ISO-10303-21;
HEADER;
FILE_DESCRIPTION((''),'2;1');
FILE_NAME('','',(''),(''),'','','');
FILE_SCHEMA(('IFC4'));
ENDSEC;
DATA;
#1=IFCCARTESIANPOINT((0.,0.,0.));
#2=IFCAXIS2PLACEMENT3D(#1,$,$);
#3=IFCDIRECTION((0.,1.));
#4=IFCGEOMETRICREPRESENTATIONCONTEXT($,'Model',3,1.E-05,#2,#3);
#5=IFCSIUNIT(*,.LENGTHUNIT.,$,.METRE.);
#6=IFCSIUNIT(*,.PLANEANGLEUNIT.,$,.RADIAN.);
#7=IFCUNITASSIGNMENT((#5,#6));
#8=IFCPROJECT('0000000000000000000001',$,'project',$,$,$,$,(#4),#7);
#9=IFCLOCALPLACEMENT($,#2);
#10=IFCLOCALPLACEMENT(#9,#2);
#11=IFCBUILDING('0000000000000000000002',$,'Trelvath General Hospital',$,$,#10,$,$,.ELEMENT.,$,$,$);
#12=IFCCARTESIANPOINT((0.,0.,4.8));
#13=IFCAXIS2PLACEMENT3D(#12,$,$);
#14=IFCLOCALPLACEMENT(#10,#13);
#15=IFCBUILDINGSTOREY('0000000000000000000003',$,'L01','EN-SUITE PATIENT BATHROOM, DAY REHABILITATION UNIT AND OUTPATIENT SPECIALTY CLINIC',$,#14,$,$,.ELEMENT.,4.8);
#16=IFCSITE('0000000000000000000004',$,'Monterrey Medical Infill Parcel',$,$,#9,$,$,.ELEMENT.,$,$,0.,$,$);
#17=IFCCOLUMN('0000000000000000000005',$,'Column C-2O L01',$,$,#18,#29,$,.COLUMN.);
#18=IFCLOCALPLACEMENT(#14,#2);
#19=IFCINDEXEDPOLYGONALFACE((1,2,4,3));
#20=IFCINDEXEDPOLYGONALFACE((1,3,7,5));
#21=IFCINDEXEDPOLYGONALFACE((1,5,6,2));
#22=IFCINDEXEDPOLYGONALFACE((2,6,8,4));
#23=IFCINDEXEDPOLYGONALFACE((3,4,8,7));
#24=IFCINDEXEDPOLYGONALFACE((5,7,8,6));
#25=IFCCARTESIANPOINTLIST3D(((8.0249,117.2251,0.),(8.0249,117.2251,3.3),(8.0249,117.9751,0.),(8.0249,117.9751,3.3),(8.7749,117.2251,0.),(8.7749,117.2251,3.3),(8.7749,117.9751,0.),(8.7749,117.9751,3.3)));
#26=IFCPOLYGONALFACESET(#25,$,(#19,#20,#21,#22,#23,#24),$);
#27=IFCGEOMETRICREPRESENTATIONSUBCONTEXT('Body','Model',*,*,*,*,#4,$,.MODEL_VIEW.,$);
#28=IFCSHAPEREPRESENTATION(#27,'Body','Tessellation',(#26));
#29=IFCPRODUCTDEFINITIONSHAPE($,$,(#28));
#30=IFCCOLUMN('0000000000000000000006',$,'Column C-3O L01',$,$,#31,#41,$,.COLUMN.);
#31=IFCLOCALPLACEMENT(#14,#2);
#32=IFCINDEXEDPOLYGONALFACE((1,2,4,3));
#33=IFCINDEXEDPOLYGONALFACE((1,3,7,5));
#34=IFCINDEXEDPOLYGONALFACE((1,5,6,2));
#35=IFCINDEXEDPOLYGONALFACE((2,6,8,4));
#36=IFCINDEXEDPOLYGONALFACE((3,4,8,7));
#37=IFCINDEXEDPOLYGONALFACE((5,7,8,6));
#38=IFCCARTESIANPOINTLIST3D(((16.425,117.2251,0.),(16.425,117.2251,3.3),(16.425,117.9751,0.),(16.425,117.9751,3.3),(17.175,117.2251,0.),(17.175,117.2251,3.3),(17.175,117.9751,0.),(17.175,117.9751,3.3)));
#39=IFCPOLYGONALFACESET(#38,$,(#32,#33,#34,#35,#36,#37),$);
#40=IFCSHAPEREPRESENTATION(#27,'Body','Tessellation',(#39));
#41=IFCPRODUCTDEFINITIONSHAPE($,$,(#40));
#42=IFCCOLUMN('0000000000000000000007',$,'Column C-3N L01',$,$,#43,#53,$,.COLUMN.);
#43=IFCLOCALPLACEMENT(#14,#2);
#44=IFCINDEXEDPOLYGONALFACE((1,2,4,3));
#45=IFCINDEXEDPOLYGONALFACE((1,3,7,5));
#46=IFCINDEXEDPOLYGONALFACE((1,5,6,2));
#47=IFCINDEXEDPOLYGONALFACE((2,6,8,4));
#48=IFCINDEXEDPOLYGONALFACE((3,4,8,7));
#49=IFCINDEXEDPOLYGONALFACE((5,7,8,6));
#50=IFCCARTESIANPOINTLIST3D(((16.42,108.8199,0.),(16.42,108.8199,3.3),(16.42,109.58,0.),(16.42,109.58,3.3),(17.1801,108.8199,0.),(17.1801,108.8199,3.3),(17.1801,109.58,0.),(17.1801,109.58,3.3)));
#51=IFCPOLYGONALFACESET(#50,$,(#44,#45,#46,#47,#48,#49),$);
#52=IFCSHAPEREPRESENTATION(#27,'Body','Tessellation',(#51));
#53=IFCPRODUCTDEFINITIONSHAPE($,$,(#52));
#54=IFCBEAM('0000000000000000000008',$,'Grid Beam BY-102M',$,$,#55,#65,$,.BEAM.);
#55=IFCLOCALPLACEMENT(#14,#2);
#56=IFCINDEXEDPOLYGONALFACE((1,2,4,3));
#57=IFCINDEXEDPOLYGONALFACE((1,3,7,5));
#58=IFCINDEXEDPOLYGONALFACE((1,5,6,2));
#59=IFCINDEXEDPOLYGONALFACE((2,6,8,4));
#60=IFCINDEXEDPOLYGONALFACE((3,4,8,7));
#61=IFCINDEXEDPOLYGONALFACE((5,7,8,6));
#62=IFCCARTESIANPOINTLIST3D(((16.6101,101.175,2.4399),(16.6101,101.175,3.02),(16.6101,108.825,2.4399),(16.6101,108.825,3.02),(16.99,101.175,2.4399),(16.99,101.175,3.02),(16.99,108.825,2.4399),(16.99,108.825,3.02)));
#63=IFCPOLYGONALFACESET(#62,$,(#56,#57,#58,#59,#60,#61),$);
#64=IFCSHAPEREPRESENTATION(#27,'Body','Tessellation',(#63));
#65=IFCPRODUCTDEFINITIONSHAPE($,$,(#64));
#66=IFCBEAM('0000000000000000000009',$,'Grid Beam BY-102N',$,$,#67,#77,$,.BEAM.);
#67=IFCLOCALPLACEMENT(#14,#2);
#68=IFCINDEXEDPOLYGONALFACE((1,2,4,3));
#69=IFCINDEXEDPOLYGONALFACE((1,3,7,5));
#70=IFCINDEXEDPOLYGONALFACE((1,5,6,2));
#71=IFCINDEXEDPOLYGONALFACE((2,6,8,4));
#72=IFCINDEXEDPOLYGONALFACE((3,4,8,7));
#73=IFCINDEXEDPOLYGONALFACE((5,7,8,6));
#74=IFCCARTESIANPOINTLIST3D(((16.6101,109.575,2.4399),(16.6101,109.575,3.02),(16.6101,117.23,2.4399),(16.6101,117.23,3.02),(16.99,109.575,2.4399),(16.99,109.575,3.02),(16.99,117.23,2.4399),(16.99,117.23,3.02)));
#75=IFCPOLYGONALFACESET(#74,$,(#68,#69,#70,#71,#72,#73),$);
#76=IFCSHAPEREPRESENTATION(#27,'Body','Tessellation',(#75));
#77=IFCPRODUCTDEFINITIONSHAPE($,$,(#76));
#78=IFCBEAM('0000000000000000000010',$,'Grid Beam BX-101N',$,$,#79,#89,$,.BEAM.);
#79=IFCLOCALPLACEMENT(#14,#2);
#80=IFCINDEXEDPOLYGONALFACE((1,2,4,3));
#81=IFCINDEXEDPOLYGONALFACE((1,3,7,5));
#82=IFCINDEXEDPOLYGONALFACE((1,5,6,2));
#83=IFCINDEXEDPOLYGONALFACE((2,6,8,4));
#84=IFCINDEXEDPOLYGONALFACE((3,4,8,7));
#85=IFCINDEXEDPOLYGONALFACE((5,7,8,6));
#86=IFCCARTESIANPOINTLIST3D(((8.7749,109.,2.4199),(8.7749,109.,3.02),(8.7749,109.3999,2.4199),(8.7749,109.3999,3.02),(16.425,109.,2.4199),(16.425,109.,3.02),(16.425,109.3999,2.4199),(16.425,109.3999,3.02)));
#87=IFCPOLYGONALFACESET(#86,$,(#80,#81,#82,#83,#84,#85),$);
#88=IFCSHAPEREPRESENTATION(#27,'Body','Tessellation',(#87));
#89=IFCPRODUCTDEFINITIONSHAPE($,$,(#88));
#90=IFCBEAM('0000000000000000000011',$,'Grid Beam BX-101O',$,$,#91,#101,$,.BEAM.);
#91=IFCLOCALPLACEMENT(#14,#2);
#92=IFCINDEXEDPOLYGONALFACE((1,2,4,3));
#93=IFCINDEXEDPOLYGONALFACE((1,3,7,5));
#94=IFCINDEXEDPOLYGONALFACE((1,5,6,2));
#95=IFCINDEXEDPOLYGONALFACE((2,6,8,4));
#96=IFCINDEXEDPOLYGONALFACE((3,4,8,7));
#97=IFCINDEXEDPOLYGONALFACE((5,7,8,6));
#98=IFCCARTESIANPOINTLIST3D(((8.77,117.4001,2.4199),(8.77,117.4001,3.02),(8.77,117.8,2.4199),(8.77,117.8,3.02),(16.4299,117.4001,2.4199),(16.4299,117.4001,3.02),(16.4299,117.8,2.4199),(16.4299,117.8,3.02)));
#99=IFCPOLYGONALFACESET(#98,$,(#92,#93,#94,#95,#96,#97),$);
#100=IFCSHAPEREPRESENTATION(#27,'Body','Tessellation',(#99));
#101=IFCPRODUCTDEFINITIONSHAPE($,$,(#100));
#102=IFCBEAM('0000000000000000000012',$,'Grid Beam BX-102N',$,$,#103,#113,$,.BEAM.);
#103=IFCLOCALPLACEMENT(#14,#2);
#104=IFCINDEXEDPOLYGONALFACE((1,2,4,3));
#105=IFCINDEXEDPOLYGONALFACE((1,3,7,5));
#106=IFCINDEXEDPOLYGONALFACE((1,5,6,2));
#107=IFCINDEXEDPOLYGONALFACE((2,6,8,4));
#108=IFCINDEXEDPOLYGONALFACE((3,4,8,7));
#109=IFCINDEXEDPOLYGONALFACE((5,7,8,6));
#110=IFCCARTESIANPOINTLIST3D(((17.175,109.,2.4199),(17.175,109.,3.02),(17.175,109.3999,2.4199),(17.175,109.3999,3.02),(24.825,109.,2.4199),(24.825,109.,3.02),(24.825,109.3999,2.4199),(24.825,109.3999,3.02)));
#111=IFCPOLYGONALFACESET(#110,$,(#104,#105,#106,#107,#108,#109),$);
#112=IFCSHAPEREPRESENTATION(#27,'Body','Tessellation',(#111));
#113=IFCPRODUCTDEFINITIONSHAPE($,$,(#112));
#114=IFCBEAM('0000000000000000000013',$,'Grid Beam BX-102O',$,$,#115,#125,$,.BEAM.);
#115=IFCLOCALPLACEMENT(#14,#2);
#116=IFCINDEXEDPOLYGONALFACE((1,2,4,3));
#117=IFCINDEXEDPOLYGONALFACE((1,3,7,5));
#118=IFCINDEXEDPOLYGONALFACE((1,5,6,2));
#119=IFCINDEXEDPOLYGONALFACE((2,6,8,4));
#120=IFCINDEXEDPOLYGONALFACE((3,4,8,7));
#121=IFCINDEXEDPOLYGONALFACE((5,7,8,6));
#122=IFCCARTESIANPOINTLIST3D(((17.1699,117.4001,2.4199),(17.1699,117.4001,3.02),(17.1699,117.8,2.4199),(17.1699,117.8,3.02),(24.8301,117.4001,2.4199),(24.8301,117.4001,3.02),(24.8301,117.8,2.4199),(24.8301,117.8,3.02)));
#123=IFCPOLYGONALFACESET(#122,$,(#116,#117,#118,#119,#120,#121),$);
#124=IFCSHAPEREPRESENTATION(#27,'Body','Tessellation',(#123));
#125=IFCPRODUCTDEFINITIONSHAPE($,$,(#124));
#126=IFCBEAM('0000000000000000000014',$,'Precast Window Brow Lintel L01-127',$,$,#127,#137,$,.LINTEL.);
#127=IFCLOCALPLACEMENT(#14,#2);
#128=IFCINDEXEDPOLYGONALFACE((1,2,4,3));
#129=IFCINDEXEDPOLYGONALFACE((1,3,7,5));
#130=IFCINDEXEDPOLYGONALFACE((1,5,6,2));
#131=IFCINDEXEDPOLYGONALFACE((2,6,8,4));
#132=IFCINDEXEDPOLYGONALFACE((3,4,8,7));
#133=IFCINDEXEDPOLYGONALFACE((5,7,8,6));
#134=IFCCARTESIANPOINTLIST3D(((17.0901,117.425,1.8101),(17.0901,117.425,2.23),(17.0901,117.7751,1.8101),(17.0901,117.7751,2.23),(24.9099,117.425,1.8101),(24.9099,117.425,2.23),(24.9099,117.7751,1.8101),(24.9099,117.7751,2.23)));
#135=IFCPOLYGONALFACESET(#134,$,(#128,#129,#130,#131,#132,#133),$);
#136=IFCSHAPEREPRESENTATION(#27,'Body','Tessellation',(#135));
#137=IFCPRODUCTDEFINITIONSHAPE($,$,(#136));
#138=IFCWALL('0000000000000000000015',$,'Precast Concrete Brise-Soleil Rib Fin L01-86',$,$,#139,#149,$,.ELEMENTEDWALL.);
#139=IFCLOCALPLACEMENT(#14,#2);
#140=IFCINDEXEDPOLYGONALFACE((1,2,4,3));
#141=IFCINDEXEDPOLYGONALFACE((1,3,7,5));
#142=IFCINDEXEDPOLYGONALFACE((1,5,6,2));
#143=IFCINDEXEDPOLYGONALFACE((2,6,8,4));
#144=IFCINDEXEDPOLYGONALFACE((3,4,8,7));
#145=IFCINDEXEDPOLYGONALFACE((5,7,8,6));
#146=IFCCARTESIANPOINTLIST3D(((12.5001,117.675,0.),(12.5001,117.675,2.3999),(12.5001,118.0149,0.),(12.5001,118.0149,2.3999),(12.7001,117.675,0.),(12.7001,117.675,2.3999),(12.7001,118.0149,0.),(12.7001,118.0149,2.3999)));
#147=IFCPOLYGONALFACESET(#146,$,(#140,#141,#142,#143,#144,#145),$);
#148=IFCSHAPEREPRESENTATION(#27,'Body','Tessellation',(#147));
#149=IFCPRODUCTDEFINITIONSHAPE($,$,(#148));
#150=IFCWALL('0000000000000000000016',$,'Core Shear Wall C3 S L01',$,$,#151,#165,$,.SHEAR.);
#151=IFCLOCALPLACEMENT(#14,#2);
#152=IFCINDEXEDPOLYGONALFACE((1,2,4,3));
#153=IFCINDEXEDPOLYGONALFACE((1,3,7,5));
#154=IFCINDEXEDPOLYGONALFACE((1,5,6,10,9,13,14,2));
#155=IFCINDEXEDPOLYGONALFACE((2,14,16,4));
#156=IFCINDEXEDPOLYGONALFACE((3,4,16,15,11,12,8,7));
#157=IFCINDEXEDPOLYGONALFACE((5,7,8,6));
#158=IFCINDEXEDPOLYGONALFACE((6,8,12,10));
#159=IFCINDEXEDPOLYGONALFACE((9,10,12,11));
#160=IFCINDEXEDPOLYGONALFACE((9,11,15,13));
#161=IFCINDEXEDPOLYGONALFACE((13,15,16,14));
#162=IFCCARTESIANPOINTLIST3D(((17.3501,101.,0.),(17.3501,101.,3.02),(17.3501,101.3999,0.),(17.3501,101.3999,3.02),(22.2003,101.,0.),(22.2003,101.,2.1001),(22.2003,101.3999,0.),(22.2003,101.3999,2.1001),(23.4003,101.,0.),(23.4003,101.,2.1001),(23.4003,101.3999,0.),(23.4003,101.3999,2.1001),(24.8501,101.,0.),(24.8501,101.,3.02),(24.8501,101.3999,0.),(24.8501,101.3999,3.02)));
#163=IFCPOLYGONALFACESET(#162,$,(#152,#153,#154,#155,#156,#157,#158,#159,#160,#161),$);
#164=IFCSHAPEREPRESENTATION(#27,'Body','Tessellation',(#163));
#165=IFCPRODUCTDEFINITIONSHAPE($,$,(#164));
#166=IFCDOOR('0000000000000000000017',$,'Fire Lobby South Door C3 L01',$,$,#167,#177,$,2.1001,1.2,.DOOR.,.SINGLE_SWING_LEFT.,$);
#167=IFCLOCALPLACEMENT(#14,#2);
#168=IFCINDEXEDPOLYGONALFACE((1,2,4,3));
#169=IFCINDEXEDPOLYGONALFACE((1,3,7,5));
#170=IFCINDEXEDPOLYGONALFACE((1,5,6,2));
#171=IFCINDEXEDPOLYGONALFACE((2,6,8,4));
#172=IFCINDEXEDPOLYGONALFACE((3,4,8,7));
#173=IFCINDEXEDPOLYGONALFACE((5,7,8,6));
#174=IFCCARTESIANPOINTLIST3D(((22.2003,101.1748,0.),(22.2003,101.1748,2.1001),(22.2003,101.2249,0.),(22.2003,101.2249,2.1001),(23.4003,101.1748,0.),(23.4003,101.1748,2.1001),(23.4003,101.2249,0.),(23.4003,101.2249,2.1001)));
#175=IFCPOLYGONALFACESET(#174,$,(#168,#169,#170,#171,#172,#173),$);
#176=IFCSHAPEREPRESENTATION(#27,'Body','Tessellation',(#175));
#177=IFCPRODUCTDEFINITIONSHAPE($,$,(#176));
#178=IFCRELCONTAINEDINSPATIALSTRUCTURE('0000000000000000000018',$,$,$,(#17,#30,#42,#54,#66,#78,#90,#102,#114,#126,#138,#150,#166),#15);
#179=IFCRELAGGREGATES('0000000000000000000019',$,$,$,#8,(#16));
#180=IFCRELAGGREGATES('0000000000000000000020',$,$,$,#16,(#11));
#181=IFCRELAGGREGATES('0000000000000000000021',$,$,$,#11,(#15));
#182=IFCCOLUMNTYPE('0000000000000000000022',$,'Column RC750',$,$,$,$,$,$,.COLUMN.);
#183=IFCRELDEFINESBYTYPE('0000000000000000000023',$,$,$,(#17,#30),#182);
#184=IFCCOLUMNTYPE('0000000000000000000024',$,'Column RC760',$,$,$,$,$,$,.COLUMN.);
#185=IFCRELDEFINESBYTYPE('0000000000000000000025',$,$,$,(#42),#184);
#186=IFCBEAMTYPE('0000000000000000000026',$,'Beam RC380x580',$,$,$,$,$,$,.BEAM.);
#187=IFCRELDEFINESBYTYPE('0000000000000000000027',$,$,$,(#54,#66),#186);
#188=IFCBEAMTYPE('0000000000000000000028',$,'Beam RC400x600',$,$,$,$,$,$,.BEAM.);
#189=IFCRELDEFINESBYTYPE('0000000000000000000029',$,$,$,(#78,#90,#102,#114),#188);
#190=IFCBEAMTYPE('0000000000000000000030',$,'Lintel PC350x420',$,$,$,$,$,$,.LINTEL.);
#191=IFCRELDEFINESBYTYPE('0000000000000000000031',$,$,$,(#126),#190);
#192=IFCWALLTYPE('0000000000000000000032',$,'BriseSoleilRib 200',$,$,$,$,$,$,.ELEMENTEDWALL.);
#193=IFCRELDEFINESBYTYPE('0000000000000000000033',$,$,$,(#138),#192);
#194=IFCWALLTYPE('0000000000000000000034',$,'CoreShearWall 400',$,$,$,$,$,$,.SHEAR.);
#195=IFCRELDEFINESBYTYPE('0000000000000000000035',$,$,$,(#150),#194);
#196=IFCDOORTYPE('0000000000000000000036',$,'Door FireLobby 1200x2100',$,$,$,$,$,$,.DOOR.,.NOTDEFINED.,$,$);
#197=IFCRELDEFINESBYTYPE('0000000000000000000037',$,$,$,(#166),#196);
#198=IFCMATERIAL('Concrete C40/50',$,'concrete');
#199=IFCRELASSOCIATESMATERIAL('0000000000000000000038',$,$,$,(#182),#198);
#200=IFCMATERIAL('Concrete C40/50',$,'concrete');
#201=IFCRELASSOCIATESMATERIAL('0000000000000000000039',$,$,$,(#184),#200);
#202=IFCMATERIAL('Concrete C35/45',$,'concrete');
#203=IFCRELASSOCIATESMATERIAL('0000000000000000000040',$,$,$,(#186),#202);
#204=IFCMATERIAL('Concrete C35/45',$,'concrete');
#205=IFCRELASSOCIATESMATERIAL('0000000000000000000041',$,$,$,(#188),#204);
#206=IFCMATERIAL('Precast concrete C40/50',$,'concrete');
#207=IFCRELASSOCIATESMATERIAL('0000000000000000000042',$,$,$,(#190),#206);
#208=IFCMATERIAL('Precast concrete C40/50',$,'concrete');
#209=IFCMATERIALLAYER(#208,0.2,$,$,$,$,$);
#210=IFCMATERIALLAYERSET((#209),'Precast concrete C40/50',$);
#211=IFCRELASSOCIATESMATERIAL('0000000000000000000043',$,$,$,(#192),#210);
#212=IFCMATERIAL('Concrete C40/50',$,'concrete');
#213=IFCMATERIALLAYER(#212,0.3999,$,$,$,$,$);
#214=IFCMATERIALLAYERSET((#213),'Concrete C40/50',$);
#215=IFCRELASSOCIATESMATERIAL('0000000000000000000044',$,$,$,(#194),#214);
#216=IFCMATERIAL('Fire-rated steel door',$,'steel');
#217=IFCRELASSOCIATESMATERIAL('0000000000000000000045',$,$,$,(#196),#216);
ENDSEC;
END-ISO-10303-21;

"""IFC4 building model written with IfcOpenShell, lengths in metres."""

from ifc_helpers import new_model, si_unit, direction, frame, frame_2d, origin, origin_2d, place, context, subcontext, project, spatial, rectangle, extrude, material, layer, layer_set, material_profile, profile_set, type_object, element, fill, save


model = new_model("IFC4")

# Units and contexts
model_context = context("Model", 3, precision=1e-05, world=origin(), true_north=direction((0.0, 1.0)))
body_context = subcontext(model_context, "Body", "Model", "MODEL_VIEW")
ifc_project = project(units=[si_unit("LENGTHUNIT", "METRE"), si_unit("PLANEANGLEUNIT", "RADIAN")], contexts=[model_context])

# Site, building, storey
site_placement = place(None, origin())
site = spatial("IfcSite", under=ifc_project, at=site_placement, Name="Monterrey Medical Infill Parcel", CompositionType="ELEMENT", RefElevation=0.0)
building_placement = place(site_placement, origin())
building = spatial("IfcBuilding", under=site, at=building_placement, Name="Trelvath General Hospital", CompositionType="ELEMENT")
storey_placement = place(building_placement, frame((0.0, 0.0, 4.8)))
storey = spatial("IfcBuildingStorey", under=building, at=storey_placement, Name="L01", Description="EN-SUITE PATIENT BATHROOM, DAY REHABILITATION UNIT AND OUTPATIENT SPECIALTY CLINIC", CompositionType="ELEMENT", Elevation=4.8)

# Columns
ifc_material_1 = material(Name="Concrete C40/50", Category="concrete")
ifc_material_profile_1 = material_profile(ifc_material_1, rectangle(XDim=0.75, YDim=0.75, at=origin_2d()), Name="RC750x750")
ifc_profile_set_1 = profile_set([ifc_material_profile_1], Name="Concrete C40/50")
column_type_1 = type_object("IfcColumnType", Name="Column RC750", PredefinedType="COLUMN", material=ifc_profile_set_1)
for number, where, z_axis, x_axis, name in (
    (1, (8.3999, 117.6001, 0.0), (0.0, 0.0, 1.0), (1.0, 0.0, 0.0), "Column C-2O L01"),
    (2, (16.8, 117.6001, 0.0), (0.0, 0.0, 1.0), (1.0, 0.0, 0.0), "Column C-3O L01"),
):
    element("IfcColumn", number, at=place(storey_placement, frame(where, z_axis=z_axis, x_axis=x_axis)), inside=storey, type_object=column_type_1, Name=name, PredefinedType="COLUMN", context=body_context, shape_type="SweptSolid", body=[
        extrude(rectangle(XDim=0.75, YDim=0.75, at=origin_2d()), origin(), (0.0, 0.0, 1.0), 3.3),
    ])
ifc_material_2 = material(Name="Concrete C40/50", Category="concrete")
ifc_material_profile_2 = material_profile(ifc_material_2, rectangle(XDim=0.76, YDim=0.76, at=origin_2d()), Name="RC760x760")
ifc_profile_set_2 = profile_set([ifc_material_profile_2], Name="Concrete C40/50")
column_type_2 = type_object("IfcColumnType", Name="Column RC760", PredefinedType="COLUMN", material=ifc_profile_set_2)
column_placement = place(storey_placement, frame((16.8, 109.2, 0.0), z_axis=(0.0, 0.0, 1.0), x_axis=(1.0, 0.0, 0.0)))
element("IfcColumn", 3, at=column_placement, inside=storey, type_object=column_type_2, Name="Column C-3N L01", PredefinedType="COLUMN", context=body_context, shape_type="SweptSolid", body=[
    extrude(rectangle(XDim=0.76, YDim=0.76, at=origin_2d()), origin(), (0.0, 0.0, 1.0), 3.3),
])

# Beams
ifc_material_3 = material(Name="Concrete C35/45", Category="concrete")
ifc_material_profile_3 = material_profile(ifc_material_3, rectangle(XDim=0.3799, YDim=0.5801, at=origin_2d()), Name="RCB380x580")
ifc_profile_set_3 = profile_set([ifc_material_profile_3], Name="Concrete C35/45")
beam_type_1 = type_object("IfcBeamType", Name="Beam RC380x580", PredefinedType="BEAM", material=ifc_profile_set_3)
beam_1_placement = place(storey_placement, frame((16.8, 101.175, 2.73), z_axis=(0.0, 1.0, 0.0), x_axis=(-1.0, 0.0, 0.0)))
element("IfcBeam", 4, at=beam_1_placement, inside=storey, type_object=beam_type_1, Name="Grid Beam BY-102M", PredefinedType="BEAM", context=body_context, shape_type="SweptSolid", body=[
    extrude(rectangle(XDim=0.3799, YDim=0.5801, at=origin_2d()), origin(), (0.0, 0.0, 1.0), 7.6499),
])
beam_2_placement = place(storey_placement, frame((16.8, 109.575, 2.73), z_axis=(0.0, 1.0, 0.0), x_axis=(-1.0, 0.0, 0.0)))
element("IfcBeam", 5, at=beam_2_placement, inside=storey, type_object=beam_type_1, Name="Grid Beam BY-102N", PredefinedType="BEAM", context=body_context, shape_type="SweptSolid", body=[
    extrude(rectangle(XDim=0.3799, YDim=0.5801, at=origin_2d()), origin(), (0.0, 0.0, 1.0), 7.655),
])
ifc_material_4 = material(Name="Concrete C35/45", Category="concrete")
ifc_material_profile_4 = material_profile(ifc_material_4, rectangle(XDim=0.3999, YDim=0.6001, at=origin_2d()), Name="RCB400x600")
ifc_profile_set_4 = profile_set([ifc_material_profile_4], Name="Concrete C35/45")
beam_type_2 = type_object("IfcBeamType", Name="Beam RC400x600", PredefinedType="BEAM", material=ifc_profile_set_4)
beam_3_placement = place(storey_placement, frame((8.7749, 109.2, 2.72), z_axis=(1.0, 0.0, 0.0), x_axis=(0.0, 1.0, 0.0)))
element("IfcBeam", 6, at=beam_3_placement, inside=storey, type_object=beam_type_2, Name="Grid Beam BX-101N", PredefinedType="BEAM", context=body_context, shape_type="SweptSolid", body=[
    extrude(rectangle(XDim=0.3999, YDim=0.6001, at=origin_2d()), origin(), (0.0, 0.0, 1.0), 7.6501),
])
beam_4_placement = place(storey_placement, frame((8.77, 117.6001, 2.72), z_axis=(1.0, 0.0, 0.0), x_axis=(0.0, 1.0, 0.0)))
element("IfcBeam", 7, at=beam_4_placement, inside=storey, type_object=beam_type_2, Name="Grid Beam BX-101O", PredefinedType="BEAM", context=body_context, shape_type="SweptSolid", body=[
    extrude(rectangle(XDim=0.3999, YDim=0.6001, at=origin_2d()), origin(), (0.0, 0.0, 1.0), 7.6599),
])
beam_5_placement = place(storey_placement, frame((17.175, 109.2, 2.72), z_axis=(1.0, 0.0, 0.0), x_axis=(0.0, 1.0, 0.0)))
element("IfcBeam", 8, at=beam_5_placement, inside=storey, type_object=beam_type_2, Name="Grid Beam BX-102N", PredefinedType="BEAM", context=body_context, shape_type="SweptSolid", body=[
    extrude(rectangle(XDim=0.3999, YDim=0.6001, at=origin_2d()), origin(), (0.0, 0.0, 1.0), 7.6499),
])
beam_6_placement = place(storey_placement, frame((17.1699, 117.6001, 2.72), z_axis=(1.0, 0.0, 0.0), x_axis=(0.0, 1.0, 0.0)))
element("IfcBeam", 9, at=beam_6_placement, inside=storey, type_object=beam_type_2, Name="Grid Beam BX-102O", PredefinedType="BEAM", context=body_context, shape_type="SweptSolid", body=[
    extrude(rectangle(XDim=0.3999, YDim=0.6001, at=origin_2d()), origin(), (0.0, 0.0, 1.0), 7.6602),
])
ifc_material_5 = material(Name="Precast concrete C40/50", Category="concrete")
ifc_material_profile_5 = material_profile(ifc_material_5, rectangle(XDim=0.3501, YDim=0.4199, at=origin_2d()), Name="PCL350x420")
ifc_profile_set_5 = profile_set([ifc_material_profile_5], Name="Precast concrete C40/50")
beam_type_3 = type_object("IfcBeamType", Name="Lintel PC350x420", PredefinedType="LINTEL", material=ifc_profile_set_5)
beam_7_placement = place(storey_placement, frame((17.0901, 117.6001, 2.02), z_axis=(1.0, 0.0, 0.0), x_axis=(0.0, 1.0, 0.0)))
element("IfcBeam", 10, at=beam_7_placement, inside=storey, type_object=beam_type_3, Name="Precast Window Brow Lintel L01-127", PredefinedType="LINTEL", context=body_context, shape_type="SweptSolid", body=[
    extrude(rectangle(XDim=0.3501, YDim=0.4199, at=origin_2d()), origin(), (0.0, 0.0, 1.0), 7.8198),
])

# Wall
ifc_material_6 = material(Name="Precast concrete C40/50", Category="concrete")
ifc_layer_1 = layer(ifc_material_6, 0.2)
ifc_layer_set_1 = layer_set([ifc_layer_1], Name="Precast concrete C40/50")
wall_type_1 = type_object("IfcWallType", Name="BriseSoleilRib 200", PredefinedType="ELEMENTEDWALL", material=ifc_layer_set_1)
wall_1_placement = place(storey_placement, frame((12.6001, 117.675, 0.0), z_axis=(0.0, 0.0, 1.0), x_axis=(0.0, 1.0, 0.0)))
element("IfcWall", 11, at=wall_1_placement, inside=storey, type_object=wall_type_1, Name="Precast Concrete Brise-Soleil Rib Fin L01-86", PredefinedType="ELEMENTEDWALL", context=body_context, shape_type="SweptSolid", body=[
    extrude(rectangle(XDim=0.3398, YDim=0.2, at=frame_2d((0.1699, 0.0))), origin(), (0.0, 0.0, 1.0), 2.3999),
])

# Wall, opening, door
ifc_material_7 = material(Name="Concrete C40/50", Category="concrete")
ifc_layer_2 = layer(ifc_material_7, 0.3999)
ifc_layer_set_2 = layer_set([ifc_layer_2], Name="Concrete C40/50")
wall_type_2 = type_object("IfcWallType", Name="CoreShearWall 400", PredefinedType="SHEAR", material=ifc_layer_set_2)
wall_2_placement = place(storey_placement, frame((17.3501, 101.2, 0.0), z_axis=(0.0, 0.0, 1.0), x_axis=(1.0, 0.0, 0.0)))
wall_2 = element("IfcWall", 12, at=wall_2_placement, inside=storey, type_object=wall_type_2, Name="Core Shear Wall C3 S L01", PredefinedType="SHEAR", context=body_context, shape_type="SweptSolid", body=[
    extrude(rectangle(XDim=7.5, YDim=0.3999, at=frame_2d((3.75, 0.0))), origin(), (0.0, 0.0, 1.0), 3.02),
])
opening_1_placement = place(wall_2_placement, frame((4.8501, 0.0, 0.0)))
opening_1 = element("IfcOpeningElement", 13, at=opening_1_placement, cuts=wall_2, PredefinedType="OPENING", context=body_context, shape_type="SweptSolid", body=[
    extrude(rectangle(XDim=1.2, YDim=2.1001, at=frame_2d((0.6001, 1.05))), frame((0.0, 0.21, 0.0), z_axis=(0.0, -1.0, 0.0), x_axis=(1.0, 0.0, 0.0)), (0.0, 0.0, 1.0), 0.4199),
])
ifc_material_8 = material(Name="Fire-rated steel door", Category="steel")
door_type_1 = type_object("IfcDoorType", Name="Door FireLobby 1200x2100", OperationType="NOTDEFINED", PredefinedType="DOOR", material=ifc_material_8)
door_1_placement = place(opening_1_placement, origin())
door_1 = element("IfcDoor", 14, at=door_1_placement, inside=storey, type_object=door_type_1, Name="Fire Lobby South Door C3 L01", OperationType="SINGLE_SWING_LEFT", OverallHeight=2.1001, OverallWidth=1.2, PredefinedType="DOOR", context=body_context, shape_type="SweptSolid", body=[
    extrude(rectangle(XDim=1.2, YDim=2.1001, at=frame_2d((0.6001, 1.05))), frame((0.0, 0.0249, 0.0), z_axis=(0.0, -1.0, 0.0), x_axis=(1.0, 0.0, 0.0)), (0.0, 0.0, 1.0), 0.05),
])
fill(opening_1, door_1)

save(model, "model.ifc")
